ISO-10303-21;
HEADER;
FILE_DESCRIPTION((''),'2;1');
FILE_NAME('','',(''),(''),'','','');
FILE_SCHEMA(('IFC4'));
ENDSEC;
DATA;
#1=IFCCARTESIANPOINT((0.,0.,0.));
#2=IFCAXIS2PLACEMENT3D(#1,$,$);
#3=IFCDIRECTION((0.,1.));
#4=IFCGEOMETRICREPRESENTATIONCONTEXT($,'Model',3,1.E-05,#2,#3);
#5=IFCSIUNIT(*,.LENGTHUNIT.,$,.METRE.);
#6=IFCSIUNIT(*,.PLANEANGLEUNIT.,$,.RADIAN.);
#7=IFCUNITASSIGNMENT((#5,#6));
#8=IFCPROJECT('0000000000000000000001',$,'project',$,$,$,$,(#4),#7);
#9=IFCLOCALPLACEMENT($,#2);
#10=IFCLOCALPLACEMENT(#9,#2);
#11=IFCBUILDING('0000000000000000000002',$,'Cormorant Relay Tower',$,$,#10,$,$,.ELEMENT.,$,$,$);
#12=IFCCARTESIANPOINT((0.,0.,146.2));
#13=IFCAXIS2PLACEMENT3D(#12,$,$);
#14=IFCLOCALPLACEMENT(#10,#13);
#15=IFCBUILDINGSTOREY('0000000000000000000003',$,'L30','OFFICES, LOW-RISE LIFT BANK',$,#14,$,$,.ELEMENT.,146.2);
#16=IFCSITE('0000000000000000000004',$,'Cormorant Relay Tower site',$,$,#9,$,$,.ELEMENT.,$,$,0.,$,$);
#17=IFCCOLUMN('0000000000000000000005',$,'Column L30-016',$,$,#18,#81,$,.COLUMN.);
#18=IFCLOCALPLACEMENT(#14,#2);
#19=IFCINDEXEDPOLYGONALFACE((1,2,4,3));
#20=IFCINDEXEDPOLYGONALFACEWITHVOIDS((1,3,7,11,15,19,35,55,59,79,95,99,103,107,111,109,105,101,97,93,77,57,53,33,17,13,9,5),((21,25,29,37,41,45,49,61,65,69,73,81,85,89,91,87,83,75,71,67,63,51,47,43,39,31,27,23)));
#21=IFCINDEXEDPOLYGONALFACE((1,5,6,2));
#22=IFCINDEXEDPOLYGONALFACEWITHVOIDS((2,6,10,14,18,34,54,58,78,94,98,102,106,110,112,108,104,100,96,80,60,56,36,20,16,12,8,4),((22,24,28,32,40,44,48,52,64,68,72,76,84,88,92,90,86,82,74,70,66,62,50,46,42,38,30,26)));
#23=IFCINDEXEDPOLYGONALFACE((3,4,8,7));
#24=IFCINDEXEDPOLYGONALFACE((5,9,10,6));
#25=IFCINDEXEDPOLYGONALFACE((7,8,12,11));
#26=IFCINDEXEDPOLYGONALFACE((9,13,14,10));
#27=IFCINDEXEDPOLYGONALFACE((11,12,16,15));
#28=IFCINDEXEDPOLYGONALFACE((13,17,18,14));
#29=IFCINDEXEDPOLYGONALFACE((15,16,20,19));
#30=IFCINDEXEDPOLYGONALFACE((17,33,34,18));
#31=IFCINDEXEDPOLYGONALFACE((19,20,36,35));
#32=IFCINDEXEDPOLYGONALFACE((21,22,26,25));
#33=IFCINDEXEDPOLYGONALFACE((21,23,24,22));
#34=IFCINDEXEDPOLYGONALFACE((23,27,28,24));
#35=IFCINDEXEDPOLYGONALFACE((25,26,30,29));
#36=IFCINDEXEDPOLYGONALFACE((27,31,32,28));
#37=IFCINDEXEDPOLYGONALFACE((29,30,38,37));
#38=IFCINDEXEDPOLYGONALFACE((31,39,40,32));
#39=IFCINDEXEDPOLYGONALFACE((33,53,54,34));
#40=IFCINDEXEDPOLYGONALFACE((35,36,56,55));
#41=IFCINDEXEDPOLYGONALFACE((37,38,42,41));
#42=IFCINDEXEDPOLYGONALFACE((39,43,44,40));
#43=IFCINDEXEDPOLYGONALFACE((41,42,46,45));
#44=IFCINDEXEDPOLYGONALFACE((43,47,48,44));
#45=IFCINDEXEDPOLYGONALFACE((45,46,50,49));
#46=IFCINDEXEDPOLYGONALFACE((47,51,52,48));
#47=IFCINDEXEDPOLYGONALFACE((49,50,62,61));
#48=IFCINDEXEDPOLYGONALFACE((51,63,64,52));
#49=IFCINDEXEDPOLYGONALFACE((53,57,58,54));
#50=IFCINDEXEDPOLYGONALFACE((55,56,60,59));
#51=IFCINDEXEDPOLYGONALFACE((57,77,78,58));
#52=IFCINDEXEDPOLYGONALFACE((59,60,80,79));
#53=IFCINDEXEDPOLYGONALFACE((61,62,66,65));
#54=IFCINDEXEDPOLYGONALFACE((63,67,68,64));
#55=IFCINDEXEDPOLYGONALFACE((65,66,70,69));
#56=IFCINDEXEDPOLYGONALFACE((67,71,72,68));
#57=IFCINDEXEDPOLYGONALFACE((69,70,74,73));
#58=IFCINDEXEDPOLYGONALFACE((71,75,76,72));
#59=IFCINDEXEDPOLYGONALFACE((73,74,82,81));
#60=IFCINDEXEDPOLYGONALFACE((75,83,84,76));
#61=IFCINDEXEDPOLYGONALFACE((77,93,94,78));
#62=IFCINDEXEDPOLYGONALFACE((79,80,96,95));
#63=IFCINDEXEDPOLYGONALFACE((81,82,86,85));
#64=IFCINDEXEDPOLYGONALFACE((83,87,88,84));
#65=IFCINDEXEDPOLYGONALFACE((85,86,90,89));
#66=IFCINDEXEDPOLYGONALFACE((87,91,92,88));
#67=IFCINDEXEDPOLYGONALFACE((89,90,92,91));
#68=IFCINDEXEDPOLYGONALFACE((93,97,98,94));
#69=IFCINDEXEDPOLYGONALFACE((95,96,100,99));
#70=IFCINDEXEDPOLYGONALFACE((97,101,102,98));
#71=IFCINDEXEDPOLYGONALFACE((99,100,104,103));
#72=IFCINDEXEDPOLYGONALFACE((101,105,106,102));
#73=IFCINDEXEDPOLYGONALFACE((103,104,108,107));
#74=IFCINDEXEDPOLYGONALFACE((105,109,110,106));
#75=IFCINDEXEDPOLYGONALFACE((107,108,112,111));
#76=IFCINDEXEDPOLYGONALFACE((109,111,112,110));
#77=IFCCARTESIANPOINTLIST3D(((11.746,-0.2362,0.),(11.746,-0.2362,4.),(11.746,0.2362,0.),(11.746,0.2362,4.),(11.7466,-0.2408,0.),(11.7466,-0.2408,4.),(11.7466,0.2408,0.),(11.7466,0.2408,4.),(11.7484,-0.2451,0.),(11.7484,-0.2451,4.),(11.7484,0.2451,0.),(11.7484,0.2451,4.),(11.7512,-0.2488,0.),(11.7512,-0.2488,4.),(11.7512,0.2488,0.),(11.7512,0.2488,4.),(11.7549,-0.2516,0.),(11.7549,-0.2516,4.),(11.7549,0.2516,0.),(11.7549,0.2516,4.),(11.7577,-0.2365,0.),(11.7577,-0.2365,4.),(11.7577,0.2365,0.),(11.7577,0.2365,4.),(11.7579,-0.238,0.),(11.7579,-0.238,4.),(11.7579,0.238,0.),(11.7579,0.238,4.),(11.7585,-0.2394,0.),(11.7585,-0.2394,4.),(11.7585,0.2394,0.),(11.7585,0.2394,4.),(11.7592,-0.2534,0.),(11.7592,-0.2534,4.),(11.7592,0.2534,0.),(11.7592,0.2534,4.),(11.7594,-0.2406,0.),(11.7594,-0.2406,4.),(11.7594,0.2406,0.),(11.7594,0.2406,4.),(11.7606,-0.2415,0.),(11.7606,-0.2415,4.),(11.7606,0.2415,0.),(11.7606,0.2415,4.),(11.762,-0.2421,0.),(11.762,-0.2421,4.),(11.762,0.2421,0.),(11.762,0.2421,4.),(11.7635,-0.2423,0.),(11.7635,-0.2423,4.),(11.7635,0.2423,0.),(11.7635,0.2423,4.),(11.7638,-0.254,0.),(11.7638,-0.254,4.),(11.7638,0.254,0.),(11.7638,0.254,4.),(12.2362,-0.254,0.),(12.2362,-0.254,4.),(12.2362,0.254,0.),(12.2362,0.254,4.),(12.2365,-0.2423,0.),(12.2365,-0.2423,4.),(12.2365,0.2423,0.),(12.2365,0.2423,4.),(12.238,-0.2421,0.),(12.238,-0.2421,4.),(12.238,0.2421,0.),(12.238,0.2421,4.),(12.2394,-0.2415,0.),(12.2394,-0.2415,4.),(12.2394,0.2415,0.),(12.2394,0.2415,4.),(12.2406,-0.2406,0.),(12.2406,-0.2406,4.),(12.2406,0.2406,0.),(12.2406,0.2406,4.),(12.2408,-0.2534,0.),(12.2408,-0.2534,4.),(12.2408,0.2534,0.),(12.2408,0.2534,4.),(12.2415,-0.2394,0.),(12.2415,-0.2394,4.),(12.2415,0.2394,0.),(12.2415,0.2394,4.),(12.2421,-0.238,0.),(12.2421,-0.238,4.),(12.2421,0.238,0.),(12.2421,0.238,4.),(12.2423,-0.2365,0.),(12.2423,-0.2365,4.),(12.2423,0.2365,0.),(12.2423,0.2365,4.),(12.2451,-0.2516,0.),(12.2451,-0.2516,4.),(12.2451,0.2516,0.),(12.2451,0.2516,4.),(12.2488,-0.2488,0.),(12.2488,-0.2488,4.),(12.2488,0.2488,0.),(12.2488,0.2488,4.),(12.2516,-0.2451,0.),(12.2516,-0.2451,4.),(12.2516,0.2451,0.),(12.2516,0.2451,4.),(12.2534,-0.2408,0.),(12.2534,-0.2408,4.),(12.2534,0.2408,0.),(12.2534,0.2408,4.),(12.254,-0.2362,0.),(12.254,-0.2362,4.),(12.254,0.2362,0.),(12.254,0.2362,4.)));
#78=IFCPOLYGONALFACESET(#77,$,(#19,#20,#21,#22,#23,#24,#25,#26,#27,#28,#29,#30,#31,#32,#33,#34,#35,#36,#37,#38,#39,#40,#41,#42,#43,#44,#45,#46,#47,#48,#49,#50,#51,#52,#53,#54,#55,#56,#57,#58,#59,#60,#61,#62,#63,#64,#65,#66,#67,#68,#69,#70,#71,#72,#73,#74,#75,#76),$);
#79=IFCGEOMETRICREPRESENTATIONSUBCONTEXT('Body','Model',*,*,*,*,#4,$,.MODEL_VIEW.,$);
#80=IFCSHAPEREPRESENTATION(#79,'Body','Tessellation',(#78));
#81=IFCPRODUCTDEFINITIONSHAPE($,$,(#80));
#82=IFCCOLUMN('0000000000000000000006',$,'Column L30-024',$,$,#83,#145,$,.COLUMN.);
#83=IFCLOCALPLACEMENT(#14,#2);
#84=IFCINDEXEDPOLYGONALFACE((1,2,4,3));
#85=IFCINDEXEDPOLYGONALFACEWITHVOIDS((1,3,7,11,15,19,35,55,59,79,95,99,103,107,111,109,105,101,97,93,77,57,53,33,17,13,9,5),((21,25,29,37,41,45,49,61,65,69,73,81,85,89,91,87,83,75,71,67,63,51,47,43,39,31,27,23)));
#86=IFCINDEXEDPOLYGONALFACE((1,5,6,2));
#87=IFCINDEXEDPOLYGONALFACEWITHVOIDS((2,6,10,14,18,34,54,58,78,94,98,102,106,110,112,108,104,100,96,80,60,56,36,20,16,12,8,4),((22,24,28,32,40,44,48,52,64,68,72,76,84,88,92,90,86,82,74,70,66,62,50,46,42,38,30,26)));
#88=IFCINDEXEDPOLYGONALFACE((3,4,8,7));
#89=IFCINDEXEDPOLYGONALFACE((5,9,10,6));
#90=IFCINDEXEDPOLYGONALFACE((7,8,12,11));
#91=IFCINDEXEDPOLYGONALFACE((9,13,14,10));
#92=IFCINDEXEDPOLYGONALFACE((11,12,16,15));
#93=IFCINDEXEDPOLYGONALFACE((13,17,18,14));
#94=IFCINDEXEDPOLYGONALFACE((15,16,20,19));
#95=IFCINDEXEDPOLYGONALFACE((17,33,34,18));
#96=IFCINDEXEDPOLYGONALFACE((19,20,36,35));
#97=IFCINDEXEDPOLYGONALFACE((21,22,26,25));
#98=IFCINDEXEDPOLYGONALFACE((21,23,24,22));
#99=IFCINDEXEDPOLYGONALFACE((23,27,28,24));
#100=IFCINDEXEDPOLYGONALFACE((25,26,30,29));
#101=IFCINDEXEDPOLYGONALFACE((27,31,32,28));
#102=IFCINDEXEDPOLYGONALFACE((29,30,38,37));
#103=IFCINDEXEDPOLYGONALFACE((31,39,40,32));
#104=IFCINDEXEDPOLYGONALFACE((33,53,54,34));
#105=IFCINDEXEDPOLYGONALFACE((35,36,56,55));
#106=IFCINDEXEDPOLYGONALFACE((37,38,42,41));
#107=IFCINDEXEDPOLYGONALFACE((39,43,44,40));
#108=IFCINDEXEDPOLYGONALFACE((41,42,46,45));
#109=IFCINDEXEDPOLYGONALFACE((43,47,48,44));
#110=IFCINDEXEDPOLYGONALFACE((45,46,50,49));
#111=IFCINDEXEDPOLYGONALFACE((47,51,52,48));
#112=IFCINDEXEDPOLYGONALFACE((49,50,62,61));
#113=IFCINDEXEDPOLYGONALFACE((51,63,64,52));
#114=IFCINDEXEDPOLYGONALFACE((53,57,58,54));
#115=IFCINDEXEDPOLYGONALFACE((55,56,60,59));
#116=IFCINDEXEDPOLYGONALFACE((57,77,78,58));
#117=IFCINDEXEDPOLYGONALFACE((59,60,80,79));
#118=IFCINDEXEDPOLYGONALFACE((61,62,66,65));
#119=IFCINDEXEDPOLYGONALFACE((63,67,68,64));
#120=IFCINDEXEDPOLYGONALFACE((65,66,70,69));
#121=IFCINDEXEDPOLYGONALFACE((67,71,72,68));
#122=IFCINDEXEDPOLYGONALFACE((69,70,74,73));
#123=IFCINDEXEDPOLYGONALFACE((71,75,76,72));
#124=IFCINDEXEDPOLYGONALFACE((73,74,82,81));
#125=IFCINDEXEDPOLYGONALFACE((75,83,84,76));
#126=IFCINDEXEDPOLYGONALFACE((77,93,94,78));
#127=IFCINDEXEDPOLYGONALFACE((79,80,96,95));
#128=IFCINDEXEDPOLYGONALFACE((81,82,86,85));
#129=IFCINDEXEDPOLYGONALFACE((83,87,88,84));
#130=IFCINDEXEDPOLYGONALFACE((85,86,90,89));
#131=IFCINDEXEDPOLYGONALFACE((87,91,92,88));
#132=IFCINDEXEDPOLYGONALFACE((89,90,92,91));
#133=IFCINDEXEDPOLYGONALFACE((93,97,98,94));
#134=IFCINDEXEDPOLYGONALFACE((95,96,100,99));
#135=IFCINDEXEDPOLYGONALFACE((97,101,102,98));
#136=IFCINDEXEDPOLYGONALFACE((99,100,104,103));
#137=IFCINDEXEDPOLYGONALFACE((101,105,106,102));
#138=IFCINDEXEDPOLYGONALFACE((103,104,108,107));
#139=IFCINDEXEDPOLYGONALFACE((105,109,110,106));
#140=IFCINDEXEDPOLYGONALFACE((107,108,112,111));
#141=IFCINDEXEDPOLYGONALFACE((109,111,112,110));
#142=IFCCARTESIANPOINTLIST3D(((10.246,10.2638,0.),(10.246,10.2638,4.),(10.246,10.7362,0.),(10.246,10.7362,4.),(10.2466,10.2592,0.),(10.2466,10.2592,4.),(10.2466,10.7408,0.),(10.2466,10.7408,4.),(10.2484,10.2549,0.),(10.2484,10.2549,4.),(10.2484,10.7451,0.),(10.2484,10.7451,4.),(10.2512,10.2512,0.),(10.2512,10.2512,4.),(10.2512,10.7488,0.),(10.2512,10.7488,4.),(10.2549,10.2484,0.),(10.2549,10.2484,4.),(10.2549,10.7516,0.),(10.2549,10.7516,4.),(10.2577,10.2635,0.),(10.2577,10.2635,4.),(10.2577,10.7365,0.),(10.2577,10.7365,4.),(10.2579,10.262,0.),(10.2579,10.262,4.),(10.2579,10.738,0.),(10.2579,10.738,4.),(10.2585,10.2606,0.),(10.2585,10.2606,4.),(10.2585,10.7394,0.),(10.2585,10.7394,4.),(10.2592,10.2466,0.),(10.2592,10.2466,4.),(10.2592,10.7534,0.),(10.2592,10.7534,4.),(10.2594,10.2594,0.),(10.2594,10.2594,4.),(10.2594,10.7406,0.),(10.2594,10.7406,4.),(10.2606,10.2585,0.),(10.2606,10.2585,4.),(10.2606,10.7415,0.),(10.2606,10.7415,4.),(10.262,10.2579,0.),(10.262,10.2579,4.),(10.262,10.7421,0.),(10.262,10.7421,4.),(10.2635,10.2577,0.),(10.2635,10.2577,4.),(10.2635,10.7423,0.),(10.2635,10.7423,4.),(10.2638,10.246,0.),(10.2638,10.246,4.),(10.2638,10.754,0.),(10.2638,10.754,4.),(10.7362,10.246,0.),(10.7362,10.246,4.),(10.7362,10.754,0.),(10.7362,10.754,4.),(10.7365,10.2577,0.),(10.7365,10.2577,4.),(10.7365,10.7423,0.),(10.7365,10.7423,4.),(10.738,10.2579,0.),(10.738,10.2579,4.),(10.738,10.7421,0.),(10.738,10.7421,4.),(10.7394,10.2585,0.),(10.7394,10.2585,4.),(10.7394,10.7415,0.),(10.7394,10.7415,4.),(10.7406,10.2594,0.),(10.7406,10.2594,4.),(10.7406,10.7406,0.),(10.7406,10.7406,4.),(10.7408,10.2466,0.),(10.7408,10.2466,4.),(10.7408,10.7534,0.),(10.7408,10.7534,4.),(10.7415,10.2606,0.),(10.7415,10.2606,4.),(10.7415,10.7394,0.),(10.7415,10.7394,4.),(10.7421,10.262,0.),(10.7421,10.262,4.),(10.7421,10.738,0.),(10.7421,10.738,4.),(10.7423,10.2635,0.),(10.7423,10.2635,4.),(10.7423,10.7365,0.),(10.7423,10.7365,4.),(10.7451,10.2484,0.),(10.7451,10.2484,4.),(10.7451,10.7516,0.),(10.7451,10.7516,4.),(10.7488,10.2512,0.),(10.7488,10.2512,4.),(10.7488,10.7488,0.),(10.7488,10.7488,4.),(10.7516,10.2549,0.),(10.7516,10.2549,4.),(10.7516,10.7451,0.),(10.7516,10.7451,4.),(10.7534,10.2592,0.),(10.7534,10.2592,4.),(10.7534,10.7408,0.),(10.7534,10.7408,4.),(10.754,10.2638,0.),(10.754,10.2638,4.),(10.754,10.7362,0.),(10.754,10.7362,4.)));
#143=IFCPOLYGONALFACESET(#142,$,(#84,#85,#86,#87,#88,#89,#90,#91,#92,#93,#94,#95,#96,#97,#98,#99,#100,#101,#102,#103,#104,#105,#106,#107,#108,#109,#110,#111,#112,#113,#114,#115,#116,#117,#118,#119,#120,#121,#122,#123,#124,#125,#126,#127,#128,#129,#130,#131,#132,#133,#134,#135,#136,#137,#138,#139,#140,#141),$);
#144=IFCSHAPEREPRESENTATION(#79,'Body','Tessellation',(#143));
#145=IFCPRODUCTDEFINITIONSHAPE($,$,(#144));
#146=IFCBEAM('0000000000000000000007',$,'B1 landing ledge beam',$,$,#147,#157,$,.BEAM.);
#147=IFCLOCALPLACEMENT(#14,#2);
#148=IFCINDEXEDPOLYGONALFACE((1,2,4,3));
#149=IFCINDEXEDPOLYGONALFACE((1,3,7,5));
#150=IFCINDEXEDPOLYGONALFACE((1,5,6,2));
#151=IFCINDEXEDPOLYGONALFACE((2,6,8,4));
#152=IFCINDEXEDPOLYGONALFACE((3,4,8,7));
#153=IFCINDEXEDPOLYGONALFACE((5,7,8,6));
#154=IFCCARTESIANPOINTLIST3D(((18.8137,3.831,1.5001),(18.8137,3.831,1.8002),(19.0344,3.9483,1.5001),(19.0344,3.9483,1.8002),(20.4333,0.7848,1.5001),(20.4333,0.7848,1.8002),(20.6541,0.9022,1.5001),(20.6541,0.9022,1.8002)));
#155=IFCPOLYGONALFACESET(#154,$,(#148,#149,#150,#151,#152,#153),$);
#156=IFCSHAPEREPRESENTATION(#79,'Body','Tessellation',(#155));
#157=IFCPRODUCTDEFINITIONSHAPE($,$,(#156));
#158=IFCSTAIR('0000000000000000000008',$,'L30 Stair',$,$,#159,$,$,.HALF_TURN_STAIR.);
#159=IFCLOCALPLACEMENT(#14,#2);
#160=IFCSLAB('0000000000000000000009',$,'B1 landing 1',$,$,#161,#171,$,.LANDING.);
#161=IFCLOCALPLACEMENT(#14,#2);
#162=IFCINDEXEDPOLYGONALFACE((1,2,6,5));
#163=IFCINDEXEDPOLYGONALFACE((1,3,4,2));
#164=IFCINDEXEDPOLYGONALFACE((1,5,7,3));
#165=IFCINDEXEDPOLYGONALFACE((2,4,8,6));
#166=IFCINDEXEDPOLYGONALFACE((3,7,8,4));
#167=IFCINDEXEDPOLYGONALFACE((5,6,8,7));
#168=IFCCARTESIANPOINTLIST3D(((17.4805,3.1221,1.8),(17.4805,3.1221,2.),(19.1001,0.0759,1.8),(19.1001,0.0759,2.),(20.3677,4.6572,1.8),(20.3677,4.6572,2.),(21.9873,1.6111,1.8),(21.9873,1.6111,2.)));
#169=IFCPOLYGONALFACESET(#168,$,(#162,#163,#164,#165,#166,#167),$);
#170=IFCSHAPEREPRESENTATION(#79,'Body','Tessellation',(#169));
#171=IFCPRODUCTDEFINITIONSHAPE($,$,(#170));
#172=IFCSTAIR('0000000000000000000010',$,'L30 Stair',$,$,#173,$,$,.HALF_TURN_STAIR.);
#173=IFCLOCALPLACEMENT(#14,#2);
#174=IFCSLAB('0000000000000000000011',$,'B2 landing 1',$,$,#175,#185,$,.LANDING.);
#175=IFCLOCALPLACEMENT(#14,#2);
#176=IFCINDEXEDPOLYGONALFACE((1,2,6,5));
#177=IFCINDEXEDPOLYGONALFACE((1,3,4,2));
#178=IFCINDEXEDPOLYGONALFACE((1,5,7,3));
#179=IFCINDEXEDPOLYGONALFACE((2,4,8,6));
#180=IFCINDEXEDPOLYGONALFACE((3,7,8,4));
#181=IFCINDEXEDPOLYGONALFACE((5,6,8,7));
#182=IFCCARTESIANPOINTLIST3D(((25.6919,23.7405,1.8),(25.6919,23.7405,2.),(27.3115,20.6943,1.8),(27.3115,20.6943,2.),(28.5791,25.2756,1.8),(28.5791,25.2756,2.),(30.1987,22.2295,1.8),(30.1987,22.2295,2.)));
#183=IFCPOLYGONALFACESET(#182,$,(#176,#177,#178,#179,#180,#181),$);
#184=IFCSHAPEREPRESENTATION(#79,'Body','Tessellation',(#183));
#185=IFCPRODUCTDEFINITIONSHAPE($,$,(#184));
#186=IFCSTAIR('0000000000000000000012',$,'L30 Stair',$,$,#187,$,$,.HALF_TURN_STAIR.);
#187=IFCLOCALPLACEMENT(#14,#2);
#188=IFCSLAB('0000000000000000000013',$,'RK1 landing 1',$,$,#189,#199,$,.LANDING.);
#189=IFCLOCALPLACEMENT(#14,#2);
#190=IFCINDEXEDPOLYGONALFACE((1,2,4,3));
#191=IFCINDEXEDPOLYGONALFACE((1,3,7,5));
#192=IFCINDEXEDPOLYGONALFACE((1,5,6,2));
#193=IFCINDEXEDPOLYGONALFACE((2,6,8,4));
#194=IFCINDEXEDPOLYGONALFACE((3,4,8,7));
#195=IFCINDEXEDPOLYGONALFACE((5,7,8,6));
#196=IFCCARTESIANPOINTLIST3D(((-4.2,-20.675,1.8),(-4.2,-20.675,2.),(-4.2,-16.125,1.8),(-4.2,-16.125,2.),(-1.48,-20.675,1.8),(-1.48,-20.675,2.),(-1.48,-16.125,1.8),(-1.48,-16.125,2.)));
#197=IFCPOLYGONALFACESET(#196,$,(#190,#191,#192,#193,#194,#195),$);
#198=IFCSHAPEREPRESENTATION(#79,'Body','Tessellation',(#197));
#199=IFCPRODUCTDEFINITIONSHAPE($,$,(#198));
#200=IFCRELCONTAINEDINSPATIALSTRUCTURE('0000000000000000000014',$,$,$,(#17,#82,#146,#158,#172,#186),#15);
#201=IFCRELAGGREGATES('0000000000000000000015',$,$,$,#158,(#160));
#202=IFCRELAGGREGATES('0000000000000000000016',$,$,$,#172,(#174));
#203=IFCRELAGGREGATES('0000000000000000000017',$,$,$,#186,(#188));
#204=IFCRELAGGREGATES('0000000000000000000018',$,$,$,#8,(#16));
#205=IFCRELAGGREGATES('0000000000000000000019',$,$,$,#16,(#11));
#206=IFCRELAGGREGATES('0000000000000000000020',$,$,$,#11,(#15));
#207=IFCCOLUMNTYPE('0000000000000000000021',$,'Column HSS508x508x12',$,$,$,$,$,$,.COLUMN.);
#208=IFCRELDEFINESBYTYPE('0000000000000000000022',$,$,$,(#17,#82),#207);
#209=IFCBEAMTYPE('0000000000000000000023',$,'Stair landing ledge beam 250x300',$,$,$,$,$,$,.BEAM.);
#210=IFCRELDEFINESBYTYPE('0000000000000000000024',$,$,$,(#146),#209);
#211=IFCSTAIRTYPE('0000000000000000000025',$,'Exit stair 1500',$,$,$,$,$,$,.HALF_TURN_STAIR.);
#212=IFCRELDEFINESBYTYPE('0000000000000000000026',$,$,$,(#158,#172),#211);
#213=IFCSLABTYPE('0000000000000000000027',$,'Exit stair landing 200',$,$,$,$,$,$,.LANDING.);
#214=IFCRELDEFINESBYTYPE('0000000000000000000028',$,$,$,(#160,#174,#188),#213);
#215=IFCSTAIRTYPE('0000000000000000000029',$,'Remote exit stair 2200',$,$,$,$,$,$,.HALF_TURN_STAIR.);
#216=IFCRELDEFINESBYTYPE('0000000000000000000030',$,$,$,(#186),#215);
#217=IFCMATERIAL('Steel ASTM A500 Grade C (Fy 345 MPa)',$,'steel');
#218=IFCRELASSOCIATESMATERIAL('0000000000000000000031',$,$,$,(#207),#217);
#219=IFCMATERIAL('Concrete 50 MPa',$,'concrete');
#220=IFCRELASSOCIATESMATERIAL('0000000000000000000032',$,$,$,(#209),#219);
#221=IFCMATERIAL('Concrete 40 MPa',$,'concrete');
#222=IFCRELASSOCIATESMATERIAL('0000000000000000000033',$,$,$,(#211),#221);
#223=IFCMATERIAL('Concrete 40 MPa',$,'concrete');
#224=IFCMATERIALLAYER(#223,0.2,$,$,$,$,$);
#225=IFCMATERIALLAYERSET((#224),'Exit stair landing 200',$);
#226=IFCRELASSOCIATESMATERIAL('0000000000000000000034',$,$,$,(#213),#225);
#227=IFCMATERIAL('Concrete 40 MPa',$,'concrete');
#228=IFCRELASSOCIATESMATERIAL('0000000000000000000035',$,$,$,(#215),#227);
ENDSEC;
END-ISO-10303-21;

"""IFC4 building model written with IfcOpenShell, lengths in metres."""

from ifc_helpers import new_model, si_unit, direction, frame, origin, origin_2d, place, context, subcontext, project, spatial, polyline, rectangle, hollow_rectangle, outline, extrude, material, layer, layer_set, material_profile, profile_set, type_object, element, aggregate, save


model = new_model("IFC4")

# Units and contexts
model_context = context("Model", 3, precision=1e-05, world=origin(), true_north=direction((0.0, 1.0)))
body_context = subcontext(model_context, "Body", "Model", "MODEL_VIEW")
ifc_project = project(units=[si_unit("LENGTHUNIT", "METRE"), si_unit("PLANEANGLEUNIT", "RADIAN")], contexts=[model_context])

# Site, building, storey
site_placement = place(None, origin())
site = spatial("IfcSite", under=ifc_project, at=site_placement, Name="Cormorant Relay Tower site", CompositionType="ELEMENT", RefElevation=0.0)
building_placement = place(site_placement, origin())
building = spatial("IfcBuilding", under=site, at=building_placement, Name="Cormorant Relay Tower", CompositionType="ELEMENT")
storey_placement = place(building_placement, frame((0.0, 0.0, 146.2)))
storey = spatial("IfcBuildingStorey", under=building, at=storey_placement, Name="L30", Description="OFFICES, LOW-RISE LIFT BANK", CompositionType="ELEMENT", Elevation=146.2)

# Columns
ifc_material_1 = material(Name="Steel ASTM A500 Grade C (Fy 345 MPa)", Category="steel")
ifc_material_profile_1 = material_profile(ifc_material_1, hollow_rectangle(XDim=0.5081, YDim=0.5081, WallThickness=0.0117, InnerFilletRadius=0.0059, OuterFilletRadius=0.0178, at=origin_2d()), Name="HSS508x508x12")
ifc_profile_set_1 = profile_set([ifc_material_profile_1], Name="Steel ASTM A500 Grade C (Fy 345 MPa)")
column_type = type_object("IfcColumnType", Name="Column HSS508x508x12", PredefinedType="COLUMN", material=ifc_profile_set_1)
for number, where, z_axis, x_axis, name in (
    (1, (12.0, 0.0, 0.0), (0.0, 0.0, 1.0), (1.0, 0.0, 0.0), "Column L30-016"),
    (2, (10.5, 10.5, 0.0), (0.0, 0.0, 1.0), (1.0, 0.0, 0.0), "Column L30-024"),
):
    element("IfcColumn", number, at=place(storey_placement, frame(where, z_axis=z_axis, x_axis=x_axis)), inside=storey, type_object=column_type, Name=name, PredefinedType="COLUMN", context=body_context, shape_type="SweptSolid", body=[
        extrude(hollow_rectangle(XDim=0.5081, YDim=0.5081, WallThickness=0.0117, InnerFilletRadius=0.0059, OuterFilletRadius=0.0178, at=origin_2d()), origin(), (0.0, 0.0, 1.0), 4.0),
    ])

# Beam
ifc_material_2 = material(Name="Concrete 50 MPa", Category="concrete")
ifc_material_profile_2 = material_profile(ifc_material_2, rectangle(XDim=0.25, YDim=0.3, at=origin_2d()), Name="RC 250x300")
ifc_profile_set_2 = profile_set([ifc_material_profile_2], Name="Concrete 50 MPa")
beam_type = type_object("IfcBeamType", Name="Stair landing ledge beam 250x300", PredefinedType="BEAM", material=ifc_profile_set_2)
beam_placement = place(storey_placement, frame((18.9241, 3.8896, 1.6501), z_axis=(0.469464, -0.882952, 0.0), x_axis=(0.882952, 0.469464, 0.0)))
element("IfcBeam", 3, at=beam_placement, inside=storey, type_object=beam_type, Name="B1 landing ledge beam", PredefinedType="BEAM", context=body_context, shape_type="SweptSolid", body=[
    extrude(rectangle(XDim=0.25, YDim=0.3, at=origin_2d()), origin(), (0.0, 0.0, 1.0), 3.45),
])

# Stairs, slabs
ifc_material_3 = material(Name="Concrete 40 MPa", Category="concrete")
stair_type_1 = type_object("IfcStairType", Name="Exit stair 1500", PredefinedType="HALF_TURN_STAIR", material=ifc_material_3)
stair_1_placement = place(storey_placement, origin())
stair_1 = element("IfcStair", 4, at=stair_1_placement, inside=storey, type_object=stair_type_1, Name="L30 Stair", PredefinedType="HALF_TURN_STAIR")
ifc_material_4 = material(Name="Concrete 40 MPa", Category="concrete")
ifc_layer_1 = layer(ifc_material_4, 0.2)
ifc_layer_set_1 = layer_set([ifc_layer_1], Name="Exit stair landing 200")
slab_type = type_object("IfcSlabType", Name="Exit stair landing 200", PredefinedType="LANDING", material=ifc_layer_set_1)
slab_1_placement = place(storey_placement, frame((0.0, 0.0, 1.8)))
slab_1 = element("IfcSlab", 5, at=slab_1_placement, type_object=slab_type, Name="B1 landing 1", PredefinedType="LANDING", context=body_context, shape_type="SweptSolid", body=[
    extrude(outline(polyline([(20.3677, 4.6572), (17.4805, 3.1221), (19.1001, 0.0759), (21.9873, 1.6111), (20.3677, 4.6572)])), origin(), (0.0, 0.0, 1.0), 0.2),
])
aggregate(stair_1, [slab_1])
stair_2_placement = place(storey_placement, origin())
stair_2 = element("IfcStair", 6, at=stair_2_placement, inside=storey, type_object=stair_type_1, Name="L30 Stair", PredefinedType="HALF_TURN_STAIR")
slab_2_placement = place(storey_placement, frame((0.0, 0.0, 1.8)))
slab_2 = element("IfcSlab", 7, at=slab_2_placement, type_object=slab_type, Name="B2 landing 1", PredefinedType="LANDING", context=body_context, shape_type="SweptSolid", body=[
    extrude(outline(polyline([(27.3115, 20.6943), (30.1987, 22.2295), (28.5791, 25.2756), (25.6919, 23.7405), (27.3115, 20.6943)])), origin(), (0.0, 0.0, 1.0), 0.2),
])
aggregate(stair_2, [slab_2])
ifc_material_5 = material(Name="Concrete 40 MPa", Category="concrete")
stair_type_2 = type_object("IfcStairType", Name="Remote exit stair 2200", PredefinedType="HALF_TURN_STAIR", material=ifc_material_5)
stair_3_placement = place(storey_placement, origin())
stair_3 = element("IfcStair", 8, at=stair_3_placement, inside=storey, type_object=stair_type_2, Name="L30 Stair", PredefinedType="HALF_TURN_STAIR")
slab_3_placement = place(storey_placement, frame((0.0, 0.0, 1.8)))
slab_3 = element("IfcSlab", 9, at=slab_3_placement, type_object=slab_type, Name="RK1 landing 1", PredefinedType="LANDING", context=body_context, shape_type="SweptSolid", body=[
    extrude(outline(polyline([(-1.48, -16.125), (-4.2, -16.125), (-4.2, -20.675), (-1.48, -20.675), (-1.48, -16.125)])), origin(), (0.0, 0.0, 1.0), 0.2),
])
aggregate(stair_3, [slab_3])

save(model, "model.ifc")
